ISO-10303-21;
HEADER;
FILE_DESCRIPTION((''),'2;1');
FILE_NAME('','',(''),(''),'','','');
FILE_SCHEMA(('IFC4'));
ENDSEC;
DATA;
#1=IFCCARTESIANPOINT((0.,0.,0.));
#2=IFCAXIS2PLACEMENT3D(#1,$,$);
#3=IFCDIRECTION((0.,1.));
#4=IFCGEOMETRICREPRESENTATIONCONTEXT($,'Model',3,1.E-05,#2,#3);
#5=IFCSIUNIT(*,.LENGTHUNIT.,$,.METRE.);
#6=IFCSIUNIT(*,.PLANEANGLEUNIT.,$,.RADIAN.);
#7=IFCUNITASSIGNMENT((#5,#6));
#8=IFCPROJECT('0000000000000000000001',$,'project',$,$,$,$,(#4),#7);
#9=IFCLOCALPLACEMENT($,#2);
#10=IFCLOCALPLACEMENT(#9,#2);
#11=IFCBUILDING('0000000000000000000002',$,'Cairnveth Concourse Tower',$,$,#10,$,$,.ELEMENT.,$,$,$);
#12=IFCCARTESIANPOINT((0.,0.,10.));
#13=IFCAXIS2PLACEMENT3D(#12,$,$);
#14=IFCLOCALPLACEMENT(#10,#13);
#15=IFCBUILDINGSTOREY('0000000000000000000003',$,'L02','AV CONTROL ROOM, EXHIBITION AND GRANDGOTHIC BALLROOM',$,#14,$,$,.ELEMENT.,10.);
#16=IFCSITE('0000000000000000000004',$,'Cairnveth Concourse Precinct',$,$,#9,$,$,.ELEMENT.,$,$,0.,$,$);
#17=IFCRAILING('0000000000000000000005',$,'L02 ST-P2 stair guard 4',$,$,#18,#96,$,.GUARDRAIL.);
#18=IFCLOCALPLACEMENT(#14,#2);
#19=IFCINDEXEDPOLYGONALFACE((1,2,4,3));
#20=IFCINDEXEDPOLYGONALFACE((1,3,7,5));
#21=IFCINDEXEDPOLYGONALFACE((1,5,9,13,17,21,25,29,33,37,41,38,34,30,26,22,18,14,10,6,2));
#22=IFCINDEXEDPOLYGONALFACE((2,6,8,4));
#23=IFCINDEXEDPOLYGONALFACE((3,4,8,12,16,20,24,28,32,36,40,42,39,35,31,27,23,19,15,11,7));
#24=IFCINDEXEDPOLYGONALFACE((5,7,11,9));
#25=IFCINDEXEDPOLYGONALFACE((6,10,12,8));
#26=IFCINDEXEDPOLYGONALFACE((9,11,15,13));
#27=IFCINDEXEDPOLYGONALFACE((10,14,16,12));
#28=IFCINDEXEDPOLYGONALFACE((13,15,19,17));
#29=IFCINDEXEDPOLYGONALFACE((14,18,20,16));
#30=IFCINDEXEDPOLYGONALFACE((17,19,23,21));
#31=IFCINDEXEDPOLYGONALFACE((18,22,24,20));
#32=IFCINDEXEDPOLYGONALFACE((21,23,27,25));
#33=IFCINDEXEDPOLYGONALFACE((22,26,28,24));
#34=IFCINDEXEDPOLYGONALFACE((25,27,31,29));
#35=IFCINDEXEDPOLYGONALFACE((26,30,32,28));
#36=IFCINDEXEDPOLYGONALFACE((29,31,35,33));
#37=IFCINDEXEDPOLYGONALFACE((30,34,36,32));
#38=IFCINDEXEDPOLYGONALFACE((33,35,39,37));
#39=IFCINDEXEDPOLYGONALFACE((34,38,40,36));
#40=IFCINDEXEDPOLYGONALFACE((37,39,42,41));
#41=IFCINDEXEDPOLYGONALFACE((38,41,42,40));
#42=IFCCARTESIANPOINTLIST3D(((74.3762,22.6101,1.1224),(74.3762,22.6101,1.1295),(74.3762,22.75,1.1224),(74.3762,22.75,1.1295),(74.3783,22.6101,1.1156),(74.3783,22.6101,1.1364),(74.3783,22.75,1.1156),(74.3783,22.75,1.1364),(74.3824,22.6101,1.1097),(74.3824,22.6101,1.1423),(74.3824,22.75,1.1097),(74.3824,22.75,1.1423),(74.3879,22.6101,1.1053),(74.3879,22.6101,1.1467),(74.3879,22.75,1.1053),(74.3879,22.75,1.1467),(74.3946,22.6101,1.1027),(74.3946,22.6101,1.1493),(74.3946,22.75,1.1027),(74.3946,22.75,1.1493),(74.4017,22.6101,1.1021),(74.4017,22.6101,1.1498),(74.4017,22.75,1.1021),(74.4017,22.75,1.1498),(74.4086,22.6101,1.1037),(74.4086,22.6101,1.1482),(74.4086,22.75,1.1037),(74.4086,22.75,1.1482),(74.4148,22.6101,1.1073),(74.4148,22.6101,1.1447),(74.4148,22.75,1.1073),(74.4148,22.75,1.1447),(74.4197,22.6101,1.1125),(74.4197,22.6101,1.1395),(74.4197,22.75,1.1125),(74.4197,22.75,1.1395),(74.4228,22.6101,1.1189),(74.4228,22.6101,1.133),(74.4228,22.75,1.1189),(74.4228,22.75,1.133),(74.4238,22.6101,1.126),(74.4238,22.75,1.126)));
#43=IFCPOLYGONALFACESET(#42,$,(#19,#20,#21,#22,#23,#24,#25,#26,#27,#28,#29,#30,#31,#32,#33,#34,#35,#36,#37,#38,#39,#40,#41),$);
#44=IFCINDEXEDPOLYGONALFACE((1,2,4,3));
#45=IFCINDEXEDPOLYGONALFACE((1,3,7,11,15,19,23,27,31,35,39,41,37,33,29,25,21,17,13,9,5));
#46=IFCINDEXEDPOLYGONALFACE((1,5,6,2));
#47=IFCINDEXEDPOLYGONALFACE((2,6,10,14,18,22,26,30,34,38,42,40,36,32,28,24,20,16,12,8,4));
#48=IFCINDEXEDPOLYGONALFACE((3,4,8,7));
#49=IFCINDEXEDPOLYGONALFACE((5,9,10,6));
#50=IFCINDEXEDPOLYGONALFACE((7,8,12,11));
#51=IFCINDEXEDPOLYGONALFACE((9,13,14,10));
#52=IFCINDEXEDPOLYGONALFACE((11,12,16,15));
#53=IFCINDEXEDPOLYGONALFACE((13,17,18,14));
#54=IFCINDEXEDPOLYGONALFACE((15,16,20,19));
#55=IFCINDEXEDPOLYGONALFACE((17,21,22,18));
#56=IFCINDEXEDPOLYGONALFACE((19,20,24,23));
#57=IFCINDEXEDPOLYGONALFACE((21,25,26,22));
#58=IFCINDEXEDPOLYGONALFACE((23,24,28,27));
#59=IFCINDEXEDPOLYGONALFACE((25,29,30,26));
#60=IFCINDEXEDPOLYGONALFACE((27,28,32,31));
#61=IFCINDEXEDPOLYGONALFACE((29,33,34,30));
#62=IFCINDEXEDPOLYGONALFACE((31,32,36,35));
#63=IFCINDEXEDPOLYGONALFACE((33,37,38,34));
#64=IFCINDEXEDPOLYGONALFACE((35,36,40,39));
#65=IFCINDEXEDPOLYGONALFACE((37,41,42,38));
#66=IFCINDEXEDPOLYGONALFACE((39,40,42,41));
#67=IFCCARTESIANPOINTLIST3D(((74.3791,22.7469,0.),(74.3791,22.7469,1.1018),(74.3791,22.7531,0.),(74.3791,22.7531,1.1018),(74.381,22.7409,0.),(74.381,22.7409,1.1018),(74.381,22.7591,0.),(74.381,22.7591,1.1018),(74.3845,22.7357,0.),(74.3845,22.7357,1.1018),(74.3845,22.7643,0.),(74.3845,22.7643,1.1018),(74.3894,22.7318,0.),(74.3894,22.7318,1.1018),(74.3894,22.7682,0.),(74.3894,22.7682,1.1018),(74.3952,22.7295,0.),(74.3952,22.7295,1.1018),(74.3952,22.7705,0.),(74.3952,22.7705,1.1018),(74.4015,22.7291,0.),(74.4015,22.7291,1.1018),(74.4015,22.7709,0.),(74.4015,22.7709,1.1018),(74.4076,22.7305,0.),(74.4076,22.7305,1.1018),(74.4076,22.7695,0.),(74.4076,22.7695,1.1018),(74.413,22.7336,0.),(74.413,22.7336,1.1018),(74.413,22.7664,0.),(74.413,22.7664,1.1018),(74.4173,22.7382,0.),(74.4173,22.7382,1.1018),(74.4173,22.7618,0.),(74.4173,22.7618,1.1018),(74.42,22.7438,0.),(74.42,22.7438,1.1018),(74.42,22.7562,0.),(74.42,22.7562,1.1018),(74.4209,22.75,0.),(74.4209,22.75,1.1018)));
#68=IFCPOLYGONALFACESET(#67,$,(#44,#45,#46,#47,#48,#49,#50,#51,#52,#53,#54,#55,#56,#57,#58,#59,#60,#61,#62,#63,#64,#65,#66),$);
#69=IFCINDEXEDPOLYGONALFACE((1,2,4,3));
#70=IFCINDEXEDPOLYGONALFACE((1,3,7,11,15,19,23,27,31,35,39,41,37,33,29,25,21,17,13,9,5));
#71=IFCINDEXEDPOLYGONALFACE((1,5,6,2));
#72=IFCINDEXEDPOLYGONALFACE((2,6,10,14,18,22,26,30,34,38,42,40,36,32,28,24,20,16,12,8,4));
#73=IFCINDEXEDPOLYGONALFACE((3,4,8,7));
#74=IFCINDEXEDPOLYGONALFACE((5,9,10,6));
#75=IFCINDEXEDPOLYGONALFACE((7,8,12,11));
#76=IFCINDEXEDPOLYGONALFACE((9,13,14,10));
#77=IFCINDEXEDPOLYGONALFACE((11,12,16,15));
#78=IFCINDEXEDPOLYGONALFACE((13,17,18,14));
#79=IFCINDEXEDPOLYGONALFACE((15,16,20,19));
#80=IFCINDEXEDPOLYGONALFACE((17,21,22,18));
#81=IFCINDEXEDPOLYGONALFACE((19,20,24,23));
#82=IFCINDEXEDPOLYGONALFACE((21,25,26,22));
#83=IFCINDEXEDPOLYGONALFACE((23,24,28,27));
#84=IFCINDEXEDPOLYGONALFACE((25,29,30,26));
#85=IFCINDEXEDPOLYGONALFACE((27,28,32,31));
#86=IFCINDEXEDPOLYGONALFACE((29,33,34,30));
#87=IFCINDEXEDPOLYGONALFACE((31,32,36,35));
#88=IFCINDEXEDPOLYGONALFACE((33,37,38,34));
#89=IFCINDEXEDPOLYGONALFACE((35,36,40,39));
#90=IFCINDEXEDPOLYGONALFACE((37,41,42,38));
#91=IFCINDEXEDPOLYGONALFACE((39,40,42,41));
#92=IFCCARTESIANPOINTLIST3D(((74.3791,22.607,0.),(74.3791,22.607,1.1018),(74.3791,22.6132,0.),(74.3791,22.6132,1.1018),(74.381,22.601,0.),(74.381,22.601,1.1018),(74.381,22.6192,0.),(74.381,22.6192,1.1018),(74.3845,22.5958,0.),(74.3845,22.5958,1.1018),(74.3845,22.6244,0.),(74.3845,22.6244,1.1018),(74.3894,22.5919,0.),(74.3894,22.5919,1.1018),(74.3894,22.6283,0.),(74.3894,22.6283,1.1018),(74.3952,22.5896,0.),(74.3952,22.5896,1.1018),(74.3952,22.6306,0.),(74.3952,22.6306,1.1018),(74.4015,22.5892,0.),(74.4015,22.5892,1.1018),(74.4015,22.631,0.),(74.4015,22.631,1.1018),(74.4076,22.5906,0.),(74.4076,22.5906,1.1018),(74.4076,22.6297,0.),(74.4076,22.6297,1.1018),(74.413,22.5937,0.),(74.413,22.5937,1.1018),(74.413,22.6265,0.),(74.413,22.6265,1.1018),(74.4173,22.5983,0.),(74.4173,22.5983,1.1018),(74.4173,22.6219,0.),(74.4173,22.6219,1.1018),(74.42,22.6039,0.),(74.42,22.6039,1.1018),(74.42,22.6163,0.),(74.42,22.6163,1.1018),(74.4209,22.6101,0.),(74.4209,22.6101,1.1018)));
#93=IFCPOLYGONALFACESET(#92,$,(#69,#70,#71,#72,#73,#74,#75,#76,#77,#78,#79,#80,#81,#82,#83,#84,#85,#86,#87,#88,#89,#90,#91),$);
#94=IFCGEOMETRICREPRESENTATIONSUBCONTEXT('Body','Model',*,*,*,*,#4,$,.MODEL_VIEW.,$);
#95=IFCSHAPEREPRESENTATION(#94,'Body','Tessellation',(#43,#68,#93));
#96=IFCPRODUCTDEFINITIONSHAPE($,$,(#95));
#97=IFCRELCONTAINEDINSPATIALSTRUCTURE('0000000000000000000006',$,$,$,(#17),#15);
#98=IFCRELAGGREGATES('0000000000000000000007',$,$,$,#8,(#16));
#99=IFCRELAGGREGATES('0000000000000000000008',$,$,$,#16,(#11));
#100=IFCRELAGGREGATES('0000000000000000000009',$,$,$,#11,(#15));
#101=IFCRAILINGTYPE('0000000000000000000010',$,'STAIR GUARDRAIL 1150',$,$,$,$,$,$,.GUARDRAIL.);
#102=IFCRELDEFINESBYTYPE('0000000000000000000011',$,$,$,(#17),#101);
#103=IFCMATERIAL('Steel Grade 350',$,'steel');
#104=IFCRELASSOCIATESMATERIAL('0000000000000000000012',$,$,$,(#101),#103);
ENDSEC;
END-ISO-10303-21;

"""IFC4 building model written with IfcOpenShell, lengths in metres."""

from ifc_helpers import new_model, si_unit, direction, frame, origin, origin_2d, place, context, subcontext, project, spatial, circle, extrude, material, type_object, element, save


model = new_model("IFC4")

# Units and contexts
model_context = context("Model", 3, precision=1e-05, world=origin(), true_north=direction((0.0, 1.0)))
body_context = subcontext(model_context, "Body", "Model", "MODEL_VIEW")
ifc_project = project(units=[si_unit("LENGTHUNIT", "METRE"), si_unit("PLANEANGLEUNIT", "RADIAN")], contexts=[model_context])

# Site, building, storey
site_placement = place(None, origin())
site = spatial("IfcSite", under=ifc_project, at=site_placement, Name="Cairnveth Concourse Precinct", CompositionType="ELEMENT", RefElevation=0.0)
building_placement = place(site_placement, origin())
building = spatial("IfcBuilding", under=site, at=building_placement, Name="Cairnveth Concourse Tower", CompositionType="ELEMENT")
storey_placement = place(building_placement, frame((0.0, 0.0, 10.0)))
storey = spatial("IfcBuildingStorey", under=building, at=storey_placement, Name="L02", Description="AV CONTROL ROOM, EXHIBITION AND GRANDGOTHIC BALLROOM", CompositionType="ELEMENT", Elevation=10.0)

# Shared definitions
ifc_material_1 = material(Name="Steel Grade 350", Category="steel")

# Railing
railing_type_1 = type_object("IfcRailingType", Name="STAIR GUARDRAIL 1150", PredefinedType="GUARDRAIL", material=ifc_material_1)
railing_1_placement = place(storey_placement, frame((74.3999, 22.75, 0.0)))
element("IfcRailing", 1, at=railing_1_placement, inside=storey, type_object=railing_type_1, Name="L02 ST-P2 stair guard 4", PredefinedType="GUARDRAIL", context=body_context, shape_type="SweptSolid", body=[
    extrude(circle(Radius=0.0239, at=origin_2d()), frame((0.0, 0.0, 1.126), z_axis=(0.0, -1.0, 0.0), x_axis=(1.0, 0.0, 0.0)), (0.0, 0.0, 1.0), 0.1399),
    extrude(circle(Radius=0.021, at=origin_2d()), origin(), (0.0, 0.0, 1.0), 1.1018),
    extrude(circle(Radius=0.021, at=origin_2d()), frame((0.0, -0.1399, 0.0)), (0.0, 0.0, 1.0), 1.1018),
])

save(model, "model.ifc")
